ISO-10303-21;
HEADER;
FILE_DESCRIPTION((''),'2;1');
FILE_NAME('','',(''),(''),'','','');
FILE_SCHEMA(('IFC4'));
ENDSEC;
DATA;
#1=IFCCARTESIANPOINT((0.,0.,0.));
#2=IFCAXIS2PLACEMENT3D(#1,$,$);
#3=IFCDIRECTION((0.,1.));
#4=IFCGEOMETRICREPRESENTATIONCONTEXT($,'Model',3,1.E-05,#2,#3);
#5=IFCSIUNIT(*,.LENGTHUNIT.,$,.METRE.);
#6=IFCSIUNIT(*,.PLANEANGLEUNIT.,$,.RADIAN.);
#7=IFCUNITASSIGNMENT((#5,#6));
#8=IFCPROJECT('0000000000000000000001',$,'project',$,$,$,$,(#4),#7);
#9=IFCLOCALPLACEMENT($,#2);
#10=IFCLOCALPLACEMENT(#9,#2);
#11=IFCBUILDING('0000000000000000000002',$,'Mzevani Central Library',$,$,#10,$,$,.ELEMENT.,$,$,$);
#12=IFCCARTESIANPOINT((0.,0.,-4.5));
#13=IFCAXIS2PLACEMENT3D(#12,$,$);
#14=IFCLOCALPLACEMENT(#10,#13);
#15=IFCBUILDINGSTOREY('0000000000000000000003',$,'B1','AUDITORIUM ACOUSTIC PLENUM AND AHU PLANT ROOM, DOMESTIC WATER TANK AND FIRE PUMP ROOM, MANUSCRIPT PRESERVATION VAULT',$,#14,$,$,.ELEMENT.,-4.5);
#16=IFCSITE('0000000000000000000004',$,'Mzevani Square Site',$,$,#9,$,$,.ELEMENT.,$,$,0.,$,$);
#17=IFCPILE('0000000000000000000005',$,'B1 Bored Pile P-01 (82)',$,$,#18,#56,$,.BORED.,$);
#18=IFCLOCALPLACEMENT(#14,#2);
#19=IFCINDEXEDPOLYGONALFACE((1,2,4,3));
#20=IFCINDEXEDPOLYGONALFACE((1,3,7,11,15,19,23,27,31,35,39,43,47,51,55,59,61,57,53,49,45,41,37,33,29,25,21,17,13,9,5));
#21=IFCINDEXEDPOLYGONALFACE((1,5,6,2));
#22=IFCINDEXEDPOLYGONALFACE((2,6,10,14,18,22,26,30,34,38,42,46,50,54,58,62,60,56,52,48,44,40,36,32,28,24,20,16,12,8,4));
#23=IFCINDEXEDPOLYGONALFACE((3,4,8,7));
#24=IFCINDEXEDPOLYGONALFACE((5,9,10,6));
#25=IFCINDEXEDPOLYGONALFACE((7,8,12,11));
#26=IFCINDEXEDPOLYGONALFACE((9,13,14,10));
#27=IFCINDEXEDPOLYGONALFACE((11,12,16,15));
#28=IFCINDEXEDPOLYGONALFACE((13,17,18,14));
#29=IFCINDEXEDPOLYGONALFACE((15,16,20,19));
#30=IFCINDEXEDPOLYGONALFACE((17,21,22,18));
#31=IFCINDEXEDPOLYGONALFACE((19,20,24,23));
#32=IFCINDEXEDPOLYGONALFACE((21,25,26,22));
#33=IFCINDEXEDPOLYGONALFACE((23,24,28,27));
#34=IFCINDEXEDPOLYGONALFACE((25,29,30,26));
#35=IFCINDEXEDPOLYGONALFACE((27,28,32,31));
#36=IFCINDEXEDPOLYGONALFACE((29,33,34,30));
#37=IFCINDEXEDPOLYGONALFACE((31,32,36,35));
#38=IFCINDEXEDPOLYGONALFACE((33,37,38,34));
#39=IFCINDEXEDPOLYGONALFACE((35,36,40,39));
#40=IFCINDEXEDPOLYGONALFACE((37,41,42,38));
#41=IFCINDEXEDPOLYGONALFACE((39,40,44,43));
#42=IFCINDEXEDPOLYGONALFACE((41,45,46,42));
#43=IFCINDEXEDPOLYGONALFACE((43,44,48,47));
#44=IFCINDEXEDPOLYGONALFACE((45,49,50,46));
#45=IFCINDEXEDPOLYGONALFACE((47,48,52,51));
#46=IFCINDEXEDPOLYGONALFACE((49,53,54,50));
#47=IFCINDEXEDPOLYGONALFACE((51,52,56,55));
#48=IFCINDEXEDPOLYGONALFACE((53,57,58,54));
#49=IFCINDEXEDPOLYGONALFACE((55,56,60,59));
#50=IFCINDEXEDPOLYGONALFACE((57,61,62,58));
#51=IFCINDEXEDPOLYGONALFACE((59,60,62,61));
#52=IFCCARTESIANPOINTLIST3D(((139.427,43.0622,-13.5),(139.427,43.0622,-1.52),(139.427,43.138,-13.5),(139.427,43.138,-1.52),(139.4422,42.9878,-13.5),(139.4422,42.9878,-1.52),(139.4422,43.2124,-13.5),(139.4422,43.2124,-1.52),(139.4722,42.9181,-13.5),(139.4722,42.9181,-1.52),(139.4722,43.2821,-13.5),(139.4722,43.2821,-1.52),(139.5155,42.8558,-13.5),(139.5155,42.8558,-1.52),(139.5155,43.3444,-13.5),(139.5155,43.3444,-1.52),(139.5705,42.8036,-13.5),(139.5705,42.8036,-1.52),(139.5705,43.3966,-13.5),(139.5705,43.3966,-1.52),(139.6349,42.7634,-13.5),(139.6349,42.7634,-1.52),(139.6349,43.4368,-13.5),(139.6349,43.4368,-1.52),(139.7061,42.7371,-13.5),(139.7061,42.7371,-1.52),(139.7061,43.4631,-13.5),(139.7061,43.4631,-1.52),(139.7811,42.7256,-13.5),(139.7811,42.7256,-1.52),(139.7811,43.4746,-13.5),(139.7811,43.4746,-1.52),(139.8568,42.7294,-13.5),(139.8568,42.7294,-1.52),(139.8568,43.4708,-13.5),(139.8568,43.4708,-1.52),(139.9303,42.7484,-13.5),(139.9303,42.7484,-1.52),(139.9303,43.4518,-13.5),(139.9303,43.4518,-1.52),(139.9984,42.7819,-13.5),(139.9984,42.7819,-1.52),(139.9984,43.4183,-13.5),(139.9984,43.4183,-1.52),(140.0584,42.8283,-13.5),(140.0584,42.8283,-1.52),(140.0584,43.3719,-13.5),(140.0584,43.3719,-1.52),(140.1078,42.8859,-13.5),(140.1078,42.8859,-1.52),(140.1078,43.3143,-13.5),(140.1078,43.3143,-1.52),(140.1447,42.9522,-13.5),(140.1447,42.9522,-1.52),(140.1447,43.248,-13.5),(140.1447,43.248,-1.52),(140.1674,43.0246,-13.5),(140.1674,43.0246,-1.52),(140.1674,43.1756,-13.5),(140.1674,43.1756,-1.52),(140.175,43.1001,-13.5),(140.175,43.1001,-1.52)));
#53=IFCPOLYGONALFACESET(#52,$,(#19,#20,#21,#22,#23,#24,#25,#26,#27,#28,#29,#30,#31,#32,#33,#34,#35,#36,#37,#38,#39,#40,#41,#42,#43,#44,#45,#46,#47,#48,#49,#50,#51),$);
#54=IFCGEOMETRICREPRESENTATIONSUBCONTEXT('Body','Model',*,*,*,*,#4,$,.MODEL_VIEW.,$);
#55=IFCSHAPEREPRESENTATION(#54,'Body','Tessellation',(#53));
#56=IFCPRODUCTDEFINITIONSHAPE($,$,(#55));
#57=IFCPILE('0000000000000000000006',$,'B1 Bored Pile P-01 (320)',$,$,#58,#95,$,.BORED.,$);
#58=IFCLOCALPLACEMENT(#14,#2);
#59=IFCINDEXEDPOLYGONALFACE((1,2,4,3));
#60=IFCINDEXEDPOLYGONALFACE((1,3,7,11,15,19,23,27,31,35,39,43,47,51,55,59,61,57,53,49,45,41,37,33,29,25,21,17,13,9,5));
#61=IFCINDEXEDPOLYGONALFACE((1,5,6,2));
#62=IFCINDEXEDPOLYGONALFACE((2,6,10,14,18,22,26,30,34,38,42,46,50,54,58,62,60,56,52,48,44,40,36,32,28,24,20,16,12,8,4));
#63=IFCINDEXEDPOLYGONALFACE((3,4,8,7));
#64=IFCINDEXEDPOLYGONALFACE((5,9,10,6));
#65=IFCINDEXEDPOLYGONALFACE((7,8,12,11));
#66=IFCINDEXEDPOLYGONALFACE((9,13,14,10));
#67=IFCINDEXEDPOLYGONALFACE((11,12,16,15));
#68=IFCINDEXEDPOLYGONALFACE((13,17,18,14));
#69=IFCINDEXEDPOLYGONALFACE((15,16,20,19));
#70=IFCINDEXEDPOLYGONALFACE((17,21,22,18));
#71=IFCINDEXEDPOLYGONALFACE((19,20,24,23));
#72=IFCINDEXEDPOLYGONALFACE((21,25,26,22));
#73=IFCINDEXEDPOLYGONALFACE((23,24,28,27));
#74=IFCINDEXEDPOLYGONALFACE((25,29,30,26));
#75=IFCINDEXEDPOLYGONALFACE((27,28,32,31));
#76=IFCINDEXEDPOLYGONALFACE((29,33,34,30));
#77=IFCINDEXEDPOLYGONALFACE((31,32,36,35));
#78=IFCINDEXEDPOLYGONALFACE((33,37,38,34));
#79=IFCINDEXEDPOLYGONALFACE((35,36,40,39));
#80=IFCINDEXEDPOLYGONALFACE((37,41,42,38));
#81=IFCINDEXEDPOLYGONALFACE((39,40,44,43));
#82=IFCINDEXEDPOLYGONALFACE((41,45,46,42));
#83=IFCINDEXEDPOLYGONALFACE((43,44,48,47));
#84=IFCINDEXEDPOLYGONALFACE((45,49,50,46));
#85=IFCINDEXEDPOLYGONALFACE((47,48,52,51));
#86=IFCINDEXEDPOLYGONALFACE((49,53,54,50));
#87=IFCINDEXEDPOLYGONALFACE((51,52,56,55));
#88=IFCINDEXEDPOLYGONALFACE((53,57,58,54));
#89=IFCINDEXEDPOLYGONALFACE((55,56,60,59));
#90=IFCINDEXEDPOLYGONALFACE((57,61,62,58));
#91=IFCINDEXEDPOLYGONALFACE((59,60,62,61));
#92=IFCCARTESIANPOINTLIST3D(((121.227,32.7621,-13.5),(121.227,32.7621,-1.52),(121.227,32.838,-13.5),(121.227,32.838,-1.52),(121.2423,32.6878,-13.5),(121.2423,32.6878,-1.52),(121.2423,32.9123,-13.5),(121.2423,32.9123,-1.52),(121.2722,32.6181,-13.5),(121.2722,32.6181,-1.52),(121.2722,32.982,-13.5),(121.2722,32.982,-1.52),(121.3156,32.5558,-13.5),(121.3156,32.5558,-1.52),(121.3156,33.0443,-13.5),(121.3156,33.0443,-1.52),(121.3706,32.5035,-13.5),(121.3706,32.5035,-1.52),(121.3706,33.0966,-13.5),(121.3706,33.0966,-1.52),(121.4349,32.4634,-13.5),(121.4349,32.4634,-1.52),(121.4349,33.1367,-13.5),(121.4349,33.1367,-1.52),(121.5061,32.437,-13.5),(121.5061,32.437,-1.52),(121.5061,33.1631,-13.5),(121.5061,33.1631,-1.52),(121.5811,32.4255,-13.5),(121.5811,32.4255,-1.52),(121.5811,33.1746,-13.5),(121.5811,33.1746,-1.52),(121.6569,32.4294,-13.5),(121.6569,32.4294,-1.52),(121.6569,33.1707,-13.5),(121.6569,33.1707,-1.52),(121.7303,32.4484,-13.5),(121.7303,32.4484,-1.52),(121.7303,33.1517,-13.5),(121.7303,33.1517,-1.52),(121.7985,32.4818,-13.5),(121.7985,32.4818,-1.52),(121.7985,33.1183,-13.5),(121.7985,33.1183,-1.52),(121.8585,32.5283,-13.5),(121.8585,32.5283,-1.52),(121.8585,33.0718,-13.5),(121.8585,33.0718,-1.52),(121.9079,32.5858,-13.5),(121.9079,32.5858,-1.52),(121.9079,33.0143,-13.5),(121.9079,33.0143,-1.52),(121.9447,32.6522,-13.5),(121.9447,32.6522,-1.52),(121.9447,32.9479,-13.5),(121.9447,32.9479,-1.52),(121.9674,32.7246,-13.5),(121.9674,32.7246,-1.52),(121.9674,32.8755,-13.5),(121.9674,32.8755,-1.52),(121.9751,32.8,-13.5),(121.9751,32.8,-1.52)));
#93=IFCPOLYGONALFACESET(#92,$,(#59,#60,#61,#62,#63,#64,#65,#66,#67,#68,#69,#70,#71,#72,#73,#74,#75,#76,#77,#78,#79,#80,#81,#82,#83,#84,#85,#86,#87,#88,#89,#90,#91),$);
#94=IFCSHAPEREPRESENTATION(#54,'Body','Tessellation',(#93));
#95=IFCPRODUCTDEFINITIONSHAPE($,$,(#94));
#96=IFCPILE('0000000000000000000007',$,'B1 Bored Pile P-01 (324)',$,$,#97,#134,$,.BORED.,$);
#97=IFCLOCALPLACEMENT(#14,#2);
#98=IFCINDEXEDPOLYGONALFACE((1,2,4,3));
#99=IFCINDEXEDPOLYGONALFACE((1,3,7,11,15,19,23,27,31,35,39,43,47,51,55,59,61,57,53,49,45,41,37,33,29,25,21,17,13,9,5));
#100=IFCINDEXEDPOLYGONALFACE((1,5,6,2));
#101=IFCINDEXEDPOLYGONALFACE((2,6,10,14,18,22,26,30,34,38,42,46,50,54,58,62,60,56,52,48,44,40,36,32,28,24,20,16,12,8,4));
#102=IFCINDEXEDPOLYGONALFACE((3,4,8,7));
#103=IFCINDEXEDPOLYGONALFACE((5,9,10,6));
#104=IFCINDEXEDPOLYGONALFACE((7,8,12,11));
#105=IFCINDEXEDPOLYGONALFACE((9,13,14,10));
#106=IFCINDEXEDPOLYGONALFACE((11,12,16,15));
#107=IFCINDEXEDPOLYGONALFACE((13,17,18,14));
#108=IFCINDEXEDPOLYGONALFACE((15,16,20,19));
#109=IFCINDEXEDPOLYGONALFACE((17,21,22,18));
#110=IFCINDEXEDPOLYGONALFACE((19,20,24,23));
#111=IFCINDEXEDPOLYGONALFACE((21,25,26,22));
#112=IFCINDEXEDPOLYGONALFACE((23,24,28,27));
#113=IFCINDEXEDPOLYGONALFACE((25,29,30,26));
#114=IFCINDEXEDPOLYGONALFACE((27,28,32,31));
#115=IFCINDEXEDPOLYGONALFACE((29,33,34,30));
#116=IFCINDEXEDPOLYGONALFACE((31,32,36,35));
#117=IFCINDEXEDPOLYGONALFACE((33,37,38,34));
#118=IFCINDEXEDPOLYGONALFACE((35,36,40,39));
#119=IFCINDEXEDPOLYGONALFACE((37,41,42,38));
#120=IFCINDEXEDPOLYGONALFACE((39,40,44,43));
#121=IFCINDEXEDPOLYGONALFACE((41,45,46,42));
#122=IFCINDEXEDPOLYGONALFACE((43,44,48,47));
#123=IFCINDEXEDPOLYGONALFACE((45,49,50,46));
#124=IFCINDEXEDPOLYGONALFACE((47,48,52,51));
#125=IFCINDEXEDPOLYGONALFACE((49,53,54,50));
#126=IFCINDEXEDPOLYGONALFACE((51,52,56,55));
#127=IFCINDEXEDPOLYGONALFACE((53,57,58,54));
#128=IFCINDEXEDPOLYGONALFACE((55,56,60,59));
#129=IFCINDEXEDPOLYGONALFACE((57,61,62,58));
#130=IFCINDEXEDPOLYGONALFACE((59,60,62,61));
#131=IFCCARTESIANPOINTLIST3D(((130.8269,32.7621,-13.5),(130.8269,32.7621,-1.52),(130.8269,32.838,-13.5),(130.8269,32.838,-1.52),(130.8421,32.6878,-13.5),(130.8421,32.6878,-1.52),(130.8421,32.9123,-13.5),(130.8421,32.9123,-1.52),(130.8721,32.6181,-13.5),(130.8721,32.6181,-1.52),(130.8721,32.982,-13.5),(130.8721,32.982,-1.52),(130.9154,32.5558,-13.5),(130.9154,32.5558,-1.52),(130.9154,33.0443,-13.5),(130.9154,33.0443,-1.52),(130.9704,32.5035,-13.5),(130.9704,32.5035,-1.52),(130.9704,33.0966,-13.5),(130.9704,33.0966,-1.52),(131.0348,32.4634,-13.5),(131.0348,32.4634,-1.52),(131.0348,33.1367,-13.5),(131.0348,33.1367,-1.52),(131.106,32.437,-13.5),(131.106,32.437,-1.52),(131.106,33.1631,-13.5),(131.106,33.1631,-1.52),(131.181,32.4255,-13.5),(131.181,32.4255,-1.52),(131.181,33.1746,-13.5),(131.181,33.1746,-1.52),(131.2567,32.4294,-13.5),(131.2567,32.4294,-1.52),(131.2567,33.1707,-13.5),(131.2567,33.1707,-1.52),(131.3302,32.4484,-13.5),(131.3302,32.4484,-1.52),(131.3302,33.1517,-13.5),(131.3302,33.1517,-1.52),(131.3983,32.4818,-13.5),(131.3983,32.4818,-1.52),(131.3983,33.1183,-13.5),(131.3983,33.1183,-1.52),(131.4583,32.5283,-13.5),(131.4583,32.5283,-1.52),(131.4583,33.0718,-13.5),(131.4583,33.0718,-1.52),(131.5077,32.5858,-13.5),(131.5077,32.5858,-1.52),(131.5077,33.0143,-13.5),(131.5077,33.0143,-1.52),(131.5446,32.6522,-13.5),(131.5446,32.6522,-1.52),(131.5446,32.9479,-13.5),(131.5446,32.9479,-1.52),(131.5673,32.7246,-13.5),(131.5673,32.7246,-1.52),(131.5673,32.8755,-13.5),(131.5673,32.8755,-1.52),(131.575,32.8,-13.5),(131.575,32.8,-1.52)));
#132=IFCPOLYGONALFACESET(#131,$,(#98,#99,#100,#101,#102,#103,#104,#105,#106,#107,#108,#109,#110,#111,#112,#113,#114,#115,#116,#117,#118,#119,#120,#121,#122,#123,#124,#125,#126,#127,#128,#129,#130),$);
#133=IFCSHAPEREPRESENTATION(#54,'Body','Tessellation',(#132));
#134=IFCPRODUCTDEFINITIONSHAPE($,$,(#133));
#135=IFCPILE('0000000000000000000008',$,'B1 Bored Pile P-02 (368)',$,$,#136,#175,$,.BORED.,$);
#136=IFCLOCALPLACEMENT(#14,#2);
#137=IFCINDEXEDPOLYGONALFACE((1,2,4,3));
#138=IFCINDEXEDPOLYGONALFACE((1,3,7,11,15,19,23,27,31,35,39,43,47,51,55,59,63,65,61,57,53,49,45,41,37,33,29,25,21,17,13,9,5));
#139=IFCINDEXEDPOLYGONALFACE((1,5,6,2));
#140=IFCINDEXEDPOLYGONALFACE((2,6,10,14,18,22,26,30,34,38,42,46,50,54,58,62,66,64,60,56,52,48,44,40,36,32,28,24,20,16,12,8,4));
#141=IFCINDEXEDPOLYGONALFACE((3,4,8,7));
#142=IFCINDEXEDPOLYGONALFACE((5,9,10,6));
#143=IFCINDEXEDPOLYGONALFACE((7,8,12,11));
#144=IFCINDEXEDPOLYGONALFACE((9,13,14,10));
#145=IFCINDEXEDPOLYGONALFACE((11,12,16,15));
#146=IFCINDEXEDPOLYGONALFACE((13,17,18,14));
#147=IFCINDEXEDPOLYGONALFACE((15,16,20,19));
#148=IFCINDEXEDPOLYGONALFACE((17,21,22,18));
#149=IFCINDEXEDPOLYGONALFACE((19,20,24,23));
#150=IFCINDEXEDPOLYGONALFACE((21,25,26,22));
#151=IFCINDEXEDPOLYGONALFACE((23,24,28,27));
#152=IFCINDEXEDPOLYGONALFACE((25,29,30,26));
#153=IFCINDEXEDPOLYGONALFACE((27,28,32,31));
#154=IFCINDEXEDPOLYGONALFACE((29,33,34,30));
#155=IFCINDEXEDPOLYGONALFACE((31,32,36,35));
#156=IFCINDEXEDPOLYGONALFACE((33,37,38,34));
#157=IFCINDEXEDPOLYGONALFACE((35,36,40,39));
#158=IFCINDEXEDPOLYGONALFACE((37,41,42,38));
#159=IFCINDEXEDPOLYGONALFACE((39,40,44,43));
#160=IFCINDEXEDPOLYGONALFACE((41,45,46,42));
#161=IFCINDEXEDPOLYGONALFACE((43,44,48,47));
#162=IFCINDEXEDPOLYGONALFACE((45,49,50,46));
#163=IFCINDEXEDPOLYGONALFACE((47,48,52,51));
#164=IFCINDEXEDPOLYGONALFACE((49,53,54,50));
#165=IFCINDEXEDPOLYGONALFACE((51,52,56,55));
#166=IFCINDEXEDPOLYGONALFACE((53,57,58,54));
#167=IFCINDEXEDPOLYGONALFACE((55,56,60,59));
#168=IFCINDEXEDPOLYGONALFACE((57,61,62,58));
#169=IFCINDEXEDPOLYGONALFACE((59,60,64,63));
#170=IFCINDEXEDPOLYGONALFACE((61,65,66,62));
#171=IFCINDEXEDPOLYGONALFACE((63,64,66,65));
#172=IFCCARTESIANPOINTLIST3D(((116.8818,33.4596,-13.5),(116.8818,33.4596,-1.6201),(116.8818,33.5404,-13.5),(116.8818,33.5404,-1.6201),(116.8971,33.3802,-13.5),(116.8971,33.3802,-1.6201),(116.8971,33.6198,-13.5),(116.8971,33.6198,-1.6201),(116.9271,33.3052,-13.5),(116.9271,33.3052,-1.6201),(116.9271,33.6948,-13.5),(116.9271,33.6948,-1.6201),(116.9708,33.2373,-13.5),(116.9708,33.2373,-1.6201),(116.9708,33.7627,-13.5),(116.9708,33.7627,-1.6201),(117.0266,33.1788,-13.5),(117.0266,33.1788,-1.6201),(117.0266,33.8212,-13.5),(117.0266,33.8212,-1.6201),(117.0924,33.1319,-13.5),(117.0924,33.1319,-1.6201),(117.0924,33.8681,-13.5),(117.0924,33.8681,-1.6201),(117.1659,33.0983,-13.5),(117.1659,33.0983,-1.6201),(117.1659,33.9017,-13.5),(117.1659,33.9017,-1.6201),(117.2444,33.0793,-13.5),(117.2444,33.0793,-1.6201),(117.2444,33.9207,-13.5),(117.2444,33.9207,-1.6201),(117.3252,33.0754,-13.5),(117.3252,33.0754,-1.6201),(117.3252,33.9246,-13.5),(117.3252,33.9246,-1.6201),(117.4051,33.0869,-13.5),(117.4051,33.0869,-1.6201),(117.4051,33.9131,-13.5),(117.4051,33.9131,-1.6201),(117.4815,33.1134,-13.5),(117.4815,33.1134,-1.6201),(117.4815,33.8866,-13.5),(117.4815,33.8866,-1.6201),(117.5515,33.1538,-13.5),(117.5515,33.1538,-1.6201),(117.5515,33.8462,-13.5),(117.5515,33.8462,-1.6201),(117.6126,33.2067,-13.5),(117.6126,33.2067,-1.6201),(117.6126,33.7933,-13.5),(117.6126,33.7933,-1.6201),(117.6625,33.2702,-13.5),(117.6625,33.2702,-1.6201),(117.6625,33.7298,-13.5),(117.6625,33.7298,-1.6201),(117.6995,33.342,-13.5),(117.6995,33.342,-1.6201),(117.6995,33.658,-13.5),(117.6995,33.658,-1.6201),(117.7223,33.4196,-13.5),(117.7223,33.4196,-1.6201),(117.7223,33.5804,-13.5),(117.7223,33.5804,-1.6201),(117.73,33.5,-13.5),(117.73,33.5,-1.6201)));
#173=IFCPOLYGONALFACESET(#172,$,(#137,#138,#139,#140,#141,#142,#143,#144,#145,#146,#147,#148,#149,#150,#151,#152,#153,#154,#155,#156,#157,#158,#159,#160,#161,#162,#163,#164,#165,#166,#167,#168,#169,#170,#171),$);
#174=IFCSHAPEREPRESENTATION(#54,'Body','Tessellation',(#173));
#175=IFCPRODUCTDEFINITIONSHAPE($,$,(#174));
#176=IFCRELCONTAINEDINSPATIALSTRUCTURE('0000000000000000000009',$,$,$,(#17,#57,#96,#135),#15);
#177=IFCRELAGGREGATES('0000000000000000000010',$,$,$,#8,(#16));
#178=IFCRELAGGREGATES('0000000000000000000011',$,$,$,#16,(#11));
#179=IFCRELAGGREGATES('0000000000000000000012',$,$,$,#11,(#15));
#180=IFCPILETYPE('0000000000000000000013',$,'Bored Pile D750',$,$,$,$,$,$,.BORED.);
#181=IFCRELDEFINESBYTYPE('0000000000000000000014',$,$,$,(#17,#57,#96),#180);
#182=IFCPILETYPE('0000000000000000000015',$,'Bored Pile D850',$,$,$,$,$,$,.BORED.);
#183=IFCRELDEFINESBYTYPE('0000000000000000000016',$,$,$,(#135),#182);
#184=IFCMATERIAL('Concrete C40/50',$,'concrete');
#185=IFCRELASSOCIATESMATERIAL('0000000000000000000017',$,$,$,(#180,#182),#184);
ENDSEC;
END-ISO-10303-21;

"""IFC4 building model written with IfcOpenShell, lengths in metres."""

from ifc_helpers import new_model, si_unit, direction, frame, origin, origin_2d, place, context, subcontext, project, spatial, circle, extrude, material, material_profile, profile_set, type_object, element, save


model = new_model("IFC4")

# Units and contexts
model_context = context("Model", 3, precision=1e-05, world=origin(), true_north=direction((0.0, 1.0)))
body_context = subcontext(model_context, "Body", "Model", "MODEL_VIEW")
ifc_project = project(units=[si_unit("LENGTHUNIT", "METRE"), si_unit("PLANEANGLEUNIT", "RADIAN")], contexts=[model_context])

# Site, building, storey
site_placement = place(None, origin())
site = spatial("IfcSite", under=ifc_project, at=site_placement, Name="Mzevani Square Site", CompositionType="ELEMENT", RefElevation=0.0)
building_placement = place(site_placement, origin())
building = spatial("IfcBuilding", under=site, at=building_placement, Name="Mzevani Central Library", CompositionType="ELEMENT")
storey_placement = place(building_placement, frame((0.0, 0.0, -4.5)))
storey = spatial("IfcBuildingStorey", under=building, at=storey_placement, Name="B1", Description="AUDITORIUM ACOUSTIC PLENUM AND AHU PLANT ROOM, DOMESTIC WATER TANK AND FIRE PUMP ROOM, MANUSCRIPT PRESERVATION VAULT", CompositionType="ELEMENT", Elevation=-4.5)

# Piles
ifc_material_1 = material(Name="Concrete C40/50", Category="concrete")
ifc_material_profile_1 = material_profile(ifc_material_1, circle(Radius=0.375, at=origin_2d()), Name="PILE D750")
ifc_profile_set_1 = profile_set([ifc_material_profile_1], Name="Concrete C40/50")
pile_type_1 = type_object("IfcPileType", Name="Bored Pile D750", PredefinedType="BORED", material=ifc_profile_set_1)
for number, where, z_axis, x_axis, name in (
    (1, (139.8, 43.1001, -1.52), (0.0, 0.0, -1.0), (1.0, 0.0, 0.0), "B1 Bored Pile P-01 (82)"),
    (2, (121.6001, 32.8, -1.52), (0.0, 0.0, -1.0), (1.0, 0.0, 0.0), "B1 Bored Pile P-01 (320)"),
    (3, (131.2, 32.8, -1.52), (0.0, 0.0, -1.0), (1.0, 0.0, 0.0), "B1 Bored Pile P-01 (324)"),
):
    element("IfcPile", number, at=place(storey_placement, frame(where, z_axis=z_axis, x_axis=x_axis)), inside=storey, type_object=pile_type_1, Name=name, PredefinedType="BORED", context=body_context, shape_type="SweptSolid", body=[
        extrude(circle(Radius=0.375, at=origin_2d()), origin(), (0.0, 0.0, 1.0), 11.98),
    ])
ifc_material_profile_2 = material_profile(ifc_material_1, circle(Radius=0.425, at=origin_2d()), Name="PILE D850")
ifc_profile_set_2 = profile_set([ifc_material_profile_2], Name="Concrete C40/50")
pile_type_2 = type_object("IfcPileType", Name="Bored Pile D850", PredefinedType="BORED", material=ifc_profile_set_2)
pile_1_placement = place(storey_placement, frame((117.3049, 33.5, -1.6201), z_axis=(0.0, 0.0, -1.0), x_axis=(1.0, 0.0, 0.0)))
element("IfcPile", 4, at=pile_1_placement, inside=storey, type_object=pile_type_2, Name="B1 Bored Pile P-02 (368)", PredefinedType="BORED", context=body_context, shape_type="SweptSolid", body=[
    extrude(circle(Radius=0.425, at=origin_2d()), origin(), (0.0, 0.0, 1.0), 11.8799),
])

save(model, "model.ifc")
